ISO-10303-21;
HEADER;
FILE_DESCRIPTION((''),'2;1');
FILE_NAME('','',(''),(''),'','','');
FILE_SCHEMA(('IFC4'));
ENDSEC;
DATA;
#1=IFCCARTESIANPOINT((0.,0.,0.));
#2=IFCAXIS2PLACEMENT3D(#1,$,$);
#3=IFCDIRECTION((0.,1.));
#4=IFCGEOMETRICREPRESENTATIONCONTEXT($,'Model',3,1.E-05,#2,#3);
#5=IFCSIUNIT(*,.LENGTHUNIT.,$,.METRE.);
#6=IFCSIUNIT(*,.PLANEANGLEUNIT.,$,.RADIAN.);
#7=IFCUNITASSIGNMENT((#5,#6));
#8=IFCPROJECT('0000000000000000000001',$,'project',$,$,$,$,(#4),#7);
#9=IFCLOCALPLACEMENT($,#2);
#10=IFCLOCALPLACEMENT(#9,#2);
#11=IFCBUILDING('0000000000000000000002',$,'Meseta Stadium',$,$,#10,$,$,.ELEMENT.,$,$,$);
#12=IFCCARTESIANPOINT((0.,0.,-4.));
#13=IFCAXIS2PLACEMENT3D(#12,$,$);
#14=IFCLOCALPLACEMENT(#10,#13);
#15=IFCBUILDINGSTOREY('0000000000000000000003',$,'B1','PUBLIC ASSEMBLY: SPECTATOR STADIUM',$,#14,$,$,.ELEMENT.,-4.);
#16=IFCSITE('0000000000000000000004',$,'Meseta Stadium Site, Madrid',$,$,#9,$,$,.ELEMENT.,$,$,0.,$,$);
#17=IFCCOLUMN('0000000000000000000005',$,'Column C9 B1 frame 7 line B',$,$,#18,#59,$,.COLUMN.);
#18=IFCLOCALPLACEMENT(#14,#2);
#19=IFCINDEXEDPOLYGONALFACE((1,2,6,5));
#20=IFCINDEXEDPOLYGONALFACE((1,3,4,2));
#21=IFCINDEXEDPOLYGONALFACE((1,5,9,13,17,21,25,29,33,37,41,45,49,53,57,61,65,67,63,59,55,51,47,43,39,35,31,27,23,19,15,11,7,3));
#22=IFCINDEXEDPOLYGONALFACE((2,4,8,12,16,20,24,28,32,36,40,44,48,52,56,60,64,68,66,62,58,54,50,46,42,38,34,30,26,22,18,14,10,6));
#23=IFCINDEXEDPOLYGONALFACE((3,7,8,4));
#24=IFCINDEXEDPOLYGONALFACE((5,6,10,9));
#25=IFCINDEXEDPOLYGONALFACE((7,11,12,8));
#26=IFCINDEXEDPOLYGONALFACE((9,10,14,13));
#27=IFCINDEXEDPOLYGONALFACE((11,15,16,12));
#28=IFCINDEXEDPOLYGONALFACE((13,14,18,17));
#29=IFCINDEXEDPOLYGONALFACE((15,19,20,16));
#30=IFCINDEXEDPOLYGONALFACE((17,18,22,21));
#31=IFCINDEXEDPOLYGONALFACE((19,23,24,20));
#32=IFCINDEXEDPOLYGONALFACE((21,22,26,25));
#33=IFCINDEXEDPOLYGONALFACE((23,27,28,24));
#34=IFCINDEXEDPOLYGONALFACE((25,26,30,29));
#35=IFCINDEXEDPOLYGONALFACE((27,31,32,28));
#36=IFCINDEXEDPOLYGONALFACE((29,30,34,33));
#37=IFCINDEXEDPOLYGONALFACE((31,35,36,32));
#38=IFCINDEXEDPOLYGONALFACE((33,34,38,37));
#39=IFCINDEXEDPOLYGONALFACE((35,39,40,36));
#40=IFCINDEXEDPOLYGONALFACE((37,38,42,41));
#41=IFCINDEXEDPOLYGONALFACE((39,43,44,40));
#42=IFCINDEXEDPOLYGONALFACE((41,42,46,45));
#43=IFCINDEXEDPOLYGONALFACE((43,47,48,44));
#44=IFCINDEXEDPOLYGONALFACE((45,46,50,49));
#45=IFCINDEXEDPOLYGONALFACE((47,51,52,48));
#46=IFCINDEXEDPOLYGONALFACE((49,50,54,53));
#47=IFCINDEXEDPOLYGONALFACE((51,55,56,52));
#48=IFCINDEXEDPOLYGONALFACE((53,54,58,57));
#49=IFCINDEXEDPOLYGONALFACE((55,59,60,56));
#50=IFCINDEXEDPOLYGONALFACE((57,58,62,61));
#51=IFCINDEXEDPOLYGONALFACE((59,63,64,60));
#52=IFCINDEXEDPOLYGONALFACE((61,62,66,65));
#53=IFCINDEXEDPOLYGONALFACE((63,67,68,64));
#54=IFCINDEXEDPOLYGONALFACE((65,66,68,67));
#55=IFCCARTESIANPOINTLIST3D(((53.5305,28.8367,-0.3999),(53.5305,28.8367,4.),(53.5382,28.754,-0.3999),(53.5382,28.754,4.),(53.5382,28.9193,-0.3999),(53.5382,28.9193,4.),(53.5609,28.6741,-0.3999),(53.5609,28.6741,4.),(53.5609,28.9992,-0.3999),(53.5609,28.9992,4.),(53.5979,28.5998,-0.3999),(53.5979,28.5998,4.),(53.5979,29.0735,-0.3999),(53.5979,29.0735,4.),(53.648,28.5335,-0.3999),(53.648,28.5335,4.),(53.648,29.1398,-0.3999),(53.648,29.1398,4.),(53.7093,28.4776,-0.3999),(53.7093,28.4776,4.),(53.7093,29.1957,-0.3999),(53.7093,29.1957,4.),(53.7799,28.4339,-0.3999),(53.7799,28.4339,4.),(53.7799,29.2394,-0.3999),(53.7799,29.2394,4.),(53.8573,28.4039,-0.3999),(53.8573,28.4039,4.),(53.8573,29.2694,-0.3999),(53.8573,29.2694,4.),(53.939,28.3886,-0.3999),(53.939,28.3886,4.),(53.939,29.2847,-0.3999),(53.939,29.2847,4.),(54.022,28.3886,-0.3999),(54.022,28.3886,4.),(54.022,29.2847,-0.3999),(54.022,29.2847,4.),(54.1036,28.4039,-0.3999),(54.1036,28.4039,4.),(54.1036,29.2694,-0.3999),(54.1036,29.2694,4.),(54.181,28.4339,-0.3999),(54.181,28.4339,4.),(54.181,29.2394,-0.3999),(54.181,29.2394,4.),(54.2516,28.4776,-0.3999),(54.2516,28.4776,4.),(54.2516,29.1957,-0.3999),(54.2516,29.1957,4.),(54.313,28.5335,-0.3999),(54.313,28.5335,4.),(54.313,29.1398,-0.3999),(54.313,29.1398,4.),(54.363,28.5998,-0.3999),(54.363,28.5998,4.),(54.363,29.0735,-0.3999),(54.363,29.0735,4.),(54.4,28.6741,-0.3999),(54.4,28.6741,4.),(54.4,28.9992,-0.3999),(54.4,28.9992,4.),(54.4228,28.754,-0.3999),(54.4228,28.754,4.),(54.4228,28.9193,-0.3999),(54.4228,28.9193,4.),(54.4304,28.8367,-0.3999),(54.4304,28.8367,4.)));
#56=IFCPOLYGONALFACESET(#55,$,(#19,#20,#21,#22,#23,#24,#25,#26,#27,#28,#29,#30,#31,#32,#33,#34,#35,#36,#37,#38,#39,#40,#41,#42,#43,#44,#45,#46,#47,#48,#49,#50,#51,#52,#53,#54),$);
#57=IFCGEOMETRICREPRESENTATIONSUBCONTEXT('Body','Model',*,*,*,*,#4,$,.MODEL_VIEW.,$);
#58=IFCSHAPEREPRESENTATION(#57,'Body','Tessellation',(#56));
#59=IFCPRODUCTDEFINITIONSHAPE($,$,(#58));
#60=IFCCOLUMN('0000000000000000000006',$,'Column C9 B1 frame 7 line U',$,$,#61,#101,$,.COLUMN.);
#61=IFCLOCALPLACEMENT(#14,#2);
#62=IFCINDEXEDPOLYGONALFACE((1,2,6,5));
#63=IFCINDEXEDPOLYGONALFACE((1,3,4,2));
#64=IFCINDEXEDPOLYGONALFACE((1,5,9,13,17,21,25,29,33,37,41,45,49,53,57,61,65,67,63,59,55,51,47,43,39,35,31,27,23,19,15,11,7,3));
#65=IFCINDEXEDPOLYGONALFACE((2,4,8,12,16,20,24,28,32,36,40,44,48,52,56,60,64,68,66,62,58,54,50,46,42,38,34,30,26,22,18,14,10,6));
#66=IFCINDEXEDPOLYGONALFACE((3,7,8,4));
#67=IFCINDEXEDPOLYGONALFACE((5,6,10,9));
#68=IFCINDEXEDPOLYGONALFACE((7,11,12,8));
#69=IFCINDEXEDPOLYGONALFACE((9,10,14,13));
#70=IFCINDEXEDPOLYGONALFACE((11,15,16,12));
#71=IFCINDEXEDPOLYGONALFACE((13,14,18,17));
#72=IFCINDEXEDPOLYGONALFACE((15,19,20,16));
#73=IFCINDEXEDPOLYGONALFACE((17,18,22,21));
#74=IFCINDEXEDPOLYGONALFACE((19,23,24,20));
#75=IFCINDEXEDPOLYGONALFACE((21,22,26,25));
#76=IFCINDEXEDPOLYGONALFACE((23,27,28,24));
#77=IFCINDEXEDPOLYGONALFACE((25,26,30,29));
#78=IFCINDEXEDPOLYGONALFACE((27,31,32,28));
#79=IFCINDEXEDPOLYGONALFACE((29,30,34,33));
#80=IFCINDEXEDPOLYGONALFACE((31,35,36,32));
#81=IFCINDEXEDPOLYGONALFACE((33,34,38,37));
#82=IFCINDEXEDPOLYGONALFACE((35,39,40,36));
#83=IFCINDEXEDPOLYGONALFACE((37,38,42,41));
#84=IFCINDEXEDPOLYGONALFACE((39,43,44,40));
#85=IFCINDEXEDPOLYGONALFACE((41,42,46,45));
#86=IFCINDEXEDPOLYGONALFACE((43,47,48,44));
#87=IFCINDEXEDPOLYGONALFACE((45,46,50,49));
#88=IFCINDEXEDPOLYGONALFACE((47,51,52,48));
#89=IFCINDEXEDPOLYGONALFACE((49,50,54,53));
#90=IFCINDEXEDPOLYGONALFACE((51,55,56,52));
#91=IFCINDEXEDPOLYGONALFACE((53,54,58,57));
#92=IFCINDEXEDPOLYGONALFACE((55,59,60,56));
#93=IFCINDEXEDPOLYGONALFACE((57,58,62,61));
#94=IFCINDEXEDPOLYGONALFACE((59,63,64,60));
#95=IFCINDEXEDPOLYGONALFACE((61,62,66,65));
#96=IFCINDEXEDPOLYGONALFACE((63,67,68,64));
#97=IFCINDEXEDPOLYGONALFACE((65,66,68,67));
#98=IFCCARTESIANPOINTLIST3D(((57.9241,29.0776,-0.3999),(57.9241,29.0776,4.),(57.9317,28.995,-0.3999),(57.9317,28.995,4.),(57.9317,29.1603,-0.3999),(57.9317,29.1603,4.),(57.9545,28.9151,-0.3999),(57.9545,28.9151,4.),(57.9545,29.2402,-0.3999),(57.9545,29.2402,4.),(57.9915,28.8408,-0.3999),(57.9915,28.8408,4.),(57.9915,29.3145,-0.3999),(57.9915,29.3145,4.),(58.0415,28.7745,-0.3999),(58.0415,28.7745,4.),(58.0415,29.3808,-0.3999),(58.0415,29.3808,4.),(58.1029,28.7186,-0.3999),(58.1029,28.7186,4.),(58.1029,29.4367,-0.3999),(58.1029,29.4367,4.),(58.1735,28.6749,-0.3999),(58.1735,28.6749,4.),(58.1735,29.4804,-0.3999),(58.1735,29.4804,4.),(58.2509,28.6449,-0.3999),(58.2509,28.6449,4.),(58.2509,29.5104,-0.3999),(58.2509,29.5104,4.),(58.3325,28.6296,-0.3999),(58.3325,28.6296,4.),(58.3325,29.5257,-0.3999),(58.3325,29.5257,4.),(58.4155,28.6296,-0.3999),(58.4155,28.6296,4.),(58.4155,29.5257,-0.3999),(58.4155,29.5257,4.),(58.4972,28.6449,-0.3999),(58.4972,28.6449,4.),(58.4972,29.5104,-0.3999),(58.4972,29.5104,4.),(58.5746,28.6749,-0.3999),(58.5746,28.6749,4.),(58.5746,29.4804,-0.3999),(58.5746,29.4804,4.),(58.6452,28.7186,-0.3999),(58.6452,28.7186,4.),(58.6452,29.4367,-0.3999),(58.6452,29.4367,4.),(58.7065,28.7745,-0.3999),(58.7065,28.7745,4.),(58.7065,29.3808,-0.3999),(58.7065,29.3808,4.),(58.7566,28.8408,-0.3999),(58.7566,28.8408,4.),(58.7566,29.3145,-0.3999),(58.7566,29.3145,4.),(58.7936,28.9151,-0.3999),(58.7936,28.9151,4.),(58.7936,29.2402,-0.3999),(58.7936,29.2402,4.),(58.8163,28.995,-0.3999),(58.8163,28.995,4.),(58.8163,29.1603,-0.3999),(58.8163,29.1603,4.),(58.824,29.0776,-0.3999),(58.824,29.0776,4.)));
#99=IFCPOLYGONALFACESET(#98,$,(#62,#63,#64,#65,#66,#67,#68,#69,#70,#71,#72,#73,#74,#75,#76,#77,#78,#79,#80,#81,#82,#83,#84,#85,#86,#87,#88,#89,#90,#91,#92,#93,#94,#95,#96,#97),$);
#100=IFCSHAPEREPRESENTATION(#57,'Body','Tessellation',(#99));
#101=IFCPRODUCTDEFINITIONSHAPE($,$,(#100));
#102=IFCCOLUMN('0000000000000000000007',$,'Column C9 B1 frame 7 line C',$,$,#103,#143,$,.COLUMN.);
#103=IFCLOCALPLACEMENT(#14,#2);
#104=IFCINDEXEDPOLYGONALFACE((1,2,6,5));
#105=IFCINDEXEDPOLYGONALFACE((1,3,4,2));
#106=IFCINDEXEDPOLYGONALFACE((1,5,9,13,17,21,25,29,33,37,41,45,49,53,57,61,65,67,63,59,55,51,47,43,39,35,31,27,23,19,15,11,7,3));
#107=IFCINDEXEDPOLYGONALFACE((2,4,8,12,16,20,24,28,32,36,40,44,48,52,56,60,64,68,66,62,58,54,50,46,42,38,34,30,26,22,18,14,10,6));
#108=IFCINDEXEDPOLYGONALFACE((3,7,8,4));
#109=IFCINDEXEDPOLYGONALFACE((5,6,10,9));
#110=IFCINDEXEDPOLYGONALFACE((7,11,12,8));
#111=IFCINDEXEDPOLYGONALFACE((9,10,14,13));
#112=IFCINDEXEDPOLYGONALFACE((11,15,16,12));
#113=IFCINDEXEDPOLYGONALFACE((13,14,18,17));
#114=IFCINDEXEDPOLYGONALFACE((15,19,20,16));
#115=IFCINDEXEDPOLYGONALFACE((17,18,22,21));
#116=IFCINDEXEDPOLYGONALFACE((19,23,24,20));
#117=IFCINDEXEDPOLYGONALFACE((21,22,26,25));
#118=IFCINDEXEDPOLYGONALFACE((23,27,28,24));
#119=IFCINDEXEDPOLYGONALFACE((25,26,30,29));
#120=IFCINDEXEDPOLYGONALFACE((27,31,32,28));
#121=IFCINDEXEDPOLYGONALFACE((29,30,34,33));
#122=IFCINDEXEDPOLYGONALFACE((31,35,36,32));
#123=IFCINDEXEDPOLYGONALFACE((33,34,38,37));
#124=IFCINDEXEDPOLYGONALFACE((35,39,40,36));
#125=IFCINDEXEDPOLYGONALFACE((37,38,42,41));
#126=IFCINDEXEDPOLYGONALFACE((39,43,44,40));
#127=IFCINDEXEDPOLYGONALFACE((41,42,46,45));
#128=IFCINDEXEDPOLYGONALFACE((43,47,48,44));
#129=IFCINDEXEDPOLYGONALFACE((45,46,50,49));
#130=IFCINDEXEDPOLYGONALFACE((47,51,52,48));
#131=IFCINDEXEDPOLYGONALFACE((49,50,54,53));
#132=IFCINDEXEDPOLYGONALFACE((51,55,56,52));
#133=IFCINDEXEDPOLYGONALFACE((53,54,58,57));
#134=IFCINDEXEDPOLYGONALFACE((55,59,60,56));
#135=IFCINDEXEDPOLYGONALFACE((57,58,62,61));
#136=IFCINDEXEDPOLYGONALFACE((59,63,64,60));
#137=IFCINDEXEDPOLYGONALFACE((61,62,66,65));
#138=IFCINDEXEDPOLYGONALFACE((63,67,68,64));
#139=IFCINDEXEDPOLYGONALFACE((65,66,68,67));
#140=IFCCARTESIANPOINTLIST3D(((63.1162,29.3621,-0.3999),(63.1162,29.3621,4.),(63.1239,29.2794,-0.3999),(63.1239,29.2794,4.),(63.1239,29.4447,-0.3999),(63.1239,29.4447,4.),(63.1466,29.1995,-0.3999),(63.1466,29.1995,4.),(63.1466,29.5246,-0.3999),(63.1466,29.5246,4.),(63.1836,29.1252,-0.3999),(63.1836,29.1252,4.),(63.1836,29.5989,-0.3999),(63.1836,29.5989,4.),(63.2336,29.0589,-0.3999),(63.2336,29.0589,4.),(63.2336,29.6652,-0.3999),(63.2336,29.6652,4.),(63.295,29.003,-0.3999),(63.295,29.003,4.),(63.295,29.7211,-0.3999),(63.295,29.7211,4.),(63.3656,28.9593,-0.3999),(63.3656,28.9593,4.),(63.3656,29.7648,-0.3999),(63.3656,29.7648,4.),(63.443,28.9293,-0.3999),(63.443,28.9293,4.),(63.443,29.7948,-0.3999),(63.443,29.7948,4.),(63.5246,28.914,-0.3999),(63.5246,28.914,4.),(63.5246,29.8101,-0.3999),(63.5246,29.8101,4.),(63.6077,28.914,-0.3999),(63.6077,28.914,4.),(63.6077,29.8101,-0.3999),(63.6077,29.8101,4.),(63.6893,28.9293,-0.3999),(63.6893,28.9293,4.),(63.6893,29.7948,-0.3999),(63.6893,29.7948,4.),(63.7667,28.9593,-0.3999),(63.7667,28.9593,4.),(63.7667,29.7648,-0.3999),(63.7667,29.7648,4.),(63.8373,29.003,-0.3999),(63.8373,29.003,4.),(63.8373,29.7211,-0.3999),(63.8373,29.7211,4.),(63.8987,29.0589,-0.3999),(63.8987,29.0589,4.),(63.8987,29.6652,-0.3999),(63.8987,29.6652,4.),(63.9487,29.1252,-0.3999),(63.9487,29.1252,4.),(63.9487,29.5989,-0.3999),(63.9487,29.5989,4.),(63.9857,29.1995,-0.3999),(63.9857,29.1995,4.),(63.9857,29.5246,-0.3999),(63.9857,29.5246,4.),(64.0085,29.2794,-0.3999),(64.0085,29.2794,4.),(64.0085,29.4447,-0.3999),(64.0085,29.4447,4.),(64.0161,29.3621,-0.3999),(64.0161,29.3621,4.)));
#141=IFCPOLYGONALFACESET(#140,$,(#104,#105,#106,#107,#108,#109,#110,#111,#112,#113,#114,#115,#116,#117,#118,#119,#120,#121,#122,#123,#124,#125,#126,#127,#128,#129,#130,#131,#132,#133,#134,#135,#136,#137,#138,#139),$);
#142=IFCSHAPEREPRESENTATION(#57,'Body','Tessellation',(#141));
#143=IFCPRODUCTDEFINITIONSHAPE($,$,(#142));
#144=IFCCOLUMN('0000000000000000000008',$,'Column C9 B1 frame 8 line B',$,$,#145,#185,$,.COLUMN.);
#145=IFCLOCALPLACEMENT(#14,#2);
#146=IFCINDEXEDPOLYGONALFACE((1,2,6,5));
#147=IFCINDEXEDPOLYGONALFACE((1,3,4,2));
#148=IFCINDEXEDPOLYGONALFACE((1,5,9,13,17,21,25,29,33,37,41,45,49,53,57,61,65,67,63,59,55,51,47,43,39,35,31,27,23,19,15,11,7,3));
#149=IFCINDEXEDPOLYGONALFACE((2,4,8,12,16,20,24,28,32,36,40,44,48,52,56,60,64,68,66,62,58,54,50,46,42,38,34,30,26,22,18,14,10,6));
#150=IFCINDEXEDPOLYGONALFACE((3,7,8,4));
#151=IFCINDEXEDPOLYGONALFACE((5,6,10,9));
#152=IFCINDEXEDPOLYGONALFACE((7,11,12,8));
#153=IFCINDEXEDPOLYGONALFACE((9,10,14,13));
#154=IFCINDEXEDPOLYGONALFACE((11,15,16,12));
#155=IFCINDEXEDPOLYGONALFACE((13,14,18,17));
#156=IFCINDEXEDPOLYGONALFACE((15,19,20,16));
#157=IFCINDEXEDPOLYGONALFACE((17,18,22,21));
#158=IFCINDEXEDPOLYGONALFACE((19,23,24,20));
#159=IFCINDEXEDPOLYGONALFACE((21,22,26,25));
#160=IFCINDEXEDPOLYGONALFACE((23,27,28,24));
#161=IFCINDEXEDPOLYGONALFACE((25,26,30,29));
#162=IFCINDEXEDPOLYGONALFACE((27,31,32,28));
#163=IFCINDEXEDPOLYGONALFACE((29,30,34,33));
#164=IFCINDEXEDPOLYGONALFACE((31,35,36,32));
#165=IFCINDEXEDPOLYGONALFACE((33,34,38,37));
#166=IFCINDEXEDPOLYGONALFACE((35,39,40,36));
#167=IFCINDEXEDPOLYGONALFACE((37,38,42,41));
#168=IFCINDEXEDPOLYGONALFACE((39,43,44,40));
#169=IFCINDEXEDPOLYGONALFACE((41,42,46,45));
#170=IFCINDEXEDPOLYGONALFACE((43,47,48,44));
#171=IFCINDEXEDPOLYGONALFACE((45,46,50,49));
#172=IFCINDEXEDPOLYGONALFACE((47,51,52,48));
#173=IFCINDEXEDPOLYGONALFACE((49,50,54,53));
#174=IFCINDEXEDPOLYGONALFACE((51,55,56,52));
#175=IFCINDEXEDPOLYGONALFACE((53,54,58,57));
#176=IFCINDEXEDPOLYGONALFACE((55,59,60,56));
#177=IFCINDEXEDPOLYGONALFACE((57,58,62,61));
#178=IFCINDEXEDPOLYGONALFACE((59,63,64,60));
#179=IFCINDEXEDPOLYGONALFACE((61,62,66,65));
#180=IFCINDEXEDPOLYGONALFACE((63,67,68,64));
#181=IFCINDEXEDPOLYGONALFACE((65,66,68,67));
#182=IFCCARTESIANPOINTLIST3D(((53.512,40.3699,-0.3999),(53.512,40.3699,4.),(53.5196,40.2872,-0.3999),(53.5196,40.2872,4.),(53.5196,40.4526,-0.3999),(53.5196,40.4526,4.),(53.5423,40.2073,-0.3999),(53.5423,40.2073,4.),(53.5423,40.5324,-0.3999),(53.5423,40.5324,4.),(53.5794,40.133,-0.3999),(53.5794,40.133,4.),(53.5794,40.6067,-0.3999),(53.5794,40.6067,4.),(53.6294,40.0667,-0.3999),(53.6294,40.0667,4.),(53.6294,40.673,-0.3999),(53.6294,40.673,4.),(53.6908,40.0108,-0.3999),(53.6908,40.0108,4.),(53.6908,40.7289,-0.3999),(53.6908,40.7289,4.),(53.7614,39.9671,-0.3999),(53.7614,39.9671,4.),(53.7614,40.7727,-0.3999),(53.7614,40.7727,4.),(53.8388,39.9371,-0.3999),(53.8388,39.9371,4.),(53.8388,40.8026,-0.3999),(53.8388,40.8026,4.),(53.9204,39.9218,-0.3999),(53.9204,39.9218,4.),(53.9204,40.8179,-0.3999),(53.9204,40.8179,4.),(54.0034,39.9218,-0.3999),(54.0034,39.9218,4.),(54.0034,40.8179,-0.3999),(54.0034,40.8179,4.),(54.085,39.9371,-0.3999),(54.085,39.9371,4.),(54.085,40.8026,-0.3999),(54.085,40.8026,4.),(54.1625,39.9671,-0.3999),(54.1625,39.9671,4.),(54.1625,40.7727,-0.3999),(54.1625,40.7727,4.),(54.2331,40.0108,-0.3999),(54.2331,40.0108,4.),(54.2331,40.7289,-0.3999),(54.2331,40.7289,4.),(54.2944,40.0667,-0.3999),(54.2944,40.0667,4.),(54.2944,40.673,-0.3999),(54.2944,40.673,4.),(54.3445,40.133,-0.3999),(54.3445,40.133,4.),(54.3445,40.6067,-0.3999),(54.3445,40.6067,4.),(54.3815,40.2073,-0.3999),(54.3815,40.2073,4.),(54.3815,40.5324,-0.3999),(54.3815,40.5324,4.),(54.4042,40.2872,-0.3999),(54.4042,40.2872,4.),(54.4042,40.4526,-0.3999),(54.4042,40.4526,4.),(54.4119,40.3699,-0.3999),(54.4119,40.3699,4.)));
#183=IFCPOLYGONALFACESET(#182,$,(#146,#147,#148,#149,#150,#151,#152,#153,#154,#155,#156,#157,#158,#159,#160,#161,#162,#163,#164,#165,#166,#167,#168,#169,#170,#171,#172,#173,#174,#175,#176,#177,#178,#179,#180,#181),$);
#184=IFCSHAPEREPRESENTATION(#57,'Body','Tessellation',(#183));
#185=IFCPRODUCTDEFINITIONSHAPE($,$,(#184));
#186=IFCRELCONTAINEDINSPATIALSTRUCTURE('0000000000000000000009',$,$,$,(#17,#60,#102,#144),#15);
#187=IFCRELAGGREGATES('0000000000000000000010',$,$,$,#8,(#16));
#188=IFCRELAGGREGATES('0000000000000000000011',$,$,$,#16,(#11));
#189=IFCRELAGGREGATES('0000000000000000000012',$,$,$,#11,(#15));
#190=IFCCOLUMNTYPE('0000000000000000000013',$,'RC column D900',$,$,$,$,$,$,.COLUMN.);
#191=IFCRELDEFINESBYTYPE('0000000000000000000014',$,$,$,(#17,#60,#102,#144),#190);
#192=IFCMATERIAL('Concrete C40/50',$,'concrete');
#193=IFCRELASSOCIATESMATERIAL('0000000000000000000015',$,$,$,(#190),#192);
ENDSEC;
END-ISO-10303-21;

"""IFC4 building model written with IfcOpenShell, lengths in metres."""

from ifc_helpers import new_model, si_unit, direction, frame, origin, origin_2d, place, context, subcontext, project, spatial, circle, extrude, material, material_profile, profile_set, type_object, element, save


model = new_model("IFC4")

# Units and contexts
model_context = context("Model", 3, precision=1e-05, world=origin(), true_north=direction((0.0, 1.0)))
body_context = subcontext(model_context, "Body", "Model", "MODEL_VIEW")
ifc_project = project(units=[si_unit("LENGTHUNIT", "METRE"), si_unit("PLANEANGLEUNIT", "RADIAN")], contexts=[model_context])

# Site, building, storey
site_placement = place(None, origin())
site = spatial("IfcSite", under=ifc_project, at=site_placement, Name="Meseta Stadium Site, Madrid", CompositionType="ELEMENT", RefElevation=0.0)
building_placement = place(site_placement, origin())
building = spatial("IfcBuilding", under=site, at=building_placement, Name="Meseta Stadium", CompositionType="ELEMENT")
storey_placement = place(building_placement, frame((0.0, 0.0, -4.0)))
storey = spatial("IfcBuildingStorey", under=building, at=storey_placement, Name="B1", Description="PUBLIC ASSEMBLY: SPECTATOR STADIUM", CompositionType="ELEMENT", Elevation=-4.0)

# Columns
ifc_material_1 = material(Name="Concrete C40/50", Category="concrete")
ifc_material_profile_1 = material_profile(ifc_material_1, circle(Radius=0.45, at=origin_2d()), Name="RC D900")
ifc_profile_set_1 = profile_set([ifc_material_profile_1], Name="Concrete C40/50")
column_type_1 = type_object("IfcColumnType", Name="RC column D900", PredefinedType="COLUMN", material=ifc_profile_set_1)
for number, where, z_axis, x_axis, name in (
    (1, (53.9805, 28.8367, -0.3999), (0.0, 0.0, 1.0), (1.0, 0.0, 0.0), "Column C9 B1 frame 7 line B"),
    (2, (58.374, 29.0776, -0.3999), (0.0, 0.0, 1.0), (1.0, 0.0, 0.0), "Column C9 B1 frame 7 line U"),
    (3, (63.5662, 29.3621, -0.3999), (0.0, 0.0, 1.0), (1.0, 0.0, 0.0), "Column C9 B1 frame 7 line C"),
    (4, (53.9619, 40.3699, -0.3999), (0.0, 0.0, 1.0), (1.0, 0.0, 0.0), "Column C9 B1 frame 8 line B"),
):
    element("IfcColumn", number, at=place(storey_placement, frame(where, z_axis=z_axis, x_axis=x_axis)), inside=storey, type_object=column_type_1, Name=name, PredefinedType="COLUMN", context=body_context, shape_type="SweptSolid", body=[
        extrude(circle(Radius=0.45, at=origin_2d()), origin(), (0.0, 0.0, 1.0), 4.3999),
    ])

save(model, "model.ifc")
